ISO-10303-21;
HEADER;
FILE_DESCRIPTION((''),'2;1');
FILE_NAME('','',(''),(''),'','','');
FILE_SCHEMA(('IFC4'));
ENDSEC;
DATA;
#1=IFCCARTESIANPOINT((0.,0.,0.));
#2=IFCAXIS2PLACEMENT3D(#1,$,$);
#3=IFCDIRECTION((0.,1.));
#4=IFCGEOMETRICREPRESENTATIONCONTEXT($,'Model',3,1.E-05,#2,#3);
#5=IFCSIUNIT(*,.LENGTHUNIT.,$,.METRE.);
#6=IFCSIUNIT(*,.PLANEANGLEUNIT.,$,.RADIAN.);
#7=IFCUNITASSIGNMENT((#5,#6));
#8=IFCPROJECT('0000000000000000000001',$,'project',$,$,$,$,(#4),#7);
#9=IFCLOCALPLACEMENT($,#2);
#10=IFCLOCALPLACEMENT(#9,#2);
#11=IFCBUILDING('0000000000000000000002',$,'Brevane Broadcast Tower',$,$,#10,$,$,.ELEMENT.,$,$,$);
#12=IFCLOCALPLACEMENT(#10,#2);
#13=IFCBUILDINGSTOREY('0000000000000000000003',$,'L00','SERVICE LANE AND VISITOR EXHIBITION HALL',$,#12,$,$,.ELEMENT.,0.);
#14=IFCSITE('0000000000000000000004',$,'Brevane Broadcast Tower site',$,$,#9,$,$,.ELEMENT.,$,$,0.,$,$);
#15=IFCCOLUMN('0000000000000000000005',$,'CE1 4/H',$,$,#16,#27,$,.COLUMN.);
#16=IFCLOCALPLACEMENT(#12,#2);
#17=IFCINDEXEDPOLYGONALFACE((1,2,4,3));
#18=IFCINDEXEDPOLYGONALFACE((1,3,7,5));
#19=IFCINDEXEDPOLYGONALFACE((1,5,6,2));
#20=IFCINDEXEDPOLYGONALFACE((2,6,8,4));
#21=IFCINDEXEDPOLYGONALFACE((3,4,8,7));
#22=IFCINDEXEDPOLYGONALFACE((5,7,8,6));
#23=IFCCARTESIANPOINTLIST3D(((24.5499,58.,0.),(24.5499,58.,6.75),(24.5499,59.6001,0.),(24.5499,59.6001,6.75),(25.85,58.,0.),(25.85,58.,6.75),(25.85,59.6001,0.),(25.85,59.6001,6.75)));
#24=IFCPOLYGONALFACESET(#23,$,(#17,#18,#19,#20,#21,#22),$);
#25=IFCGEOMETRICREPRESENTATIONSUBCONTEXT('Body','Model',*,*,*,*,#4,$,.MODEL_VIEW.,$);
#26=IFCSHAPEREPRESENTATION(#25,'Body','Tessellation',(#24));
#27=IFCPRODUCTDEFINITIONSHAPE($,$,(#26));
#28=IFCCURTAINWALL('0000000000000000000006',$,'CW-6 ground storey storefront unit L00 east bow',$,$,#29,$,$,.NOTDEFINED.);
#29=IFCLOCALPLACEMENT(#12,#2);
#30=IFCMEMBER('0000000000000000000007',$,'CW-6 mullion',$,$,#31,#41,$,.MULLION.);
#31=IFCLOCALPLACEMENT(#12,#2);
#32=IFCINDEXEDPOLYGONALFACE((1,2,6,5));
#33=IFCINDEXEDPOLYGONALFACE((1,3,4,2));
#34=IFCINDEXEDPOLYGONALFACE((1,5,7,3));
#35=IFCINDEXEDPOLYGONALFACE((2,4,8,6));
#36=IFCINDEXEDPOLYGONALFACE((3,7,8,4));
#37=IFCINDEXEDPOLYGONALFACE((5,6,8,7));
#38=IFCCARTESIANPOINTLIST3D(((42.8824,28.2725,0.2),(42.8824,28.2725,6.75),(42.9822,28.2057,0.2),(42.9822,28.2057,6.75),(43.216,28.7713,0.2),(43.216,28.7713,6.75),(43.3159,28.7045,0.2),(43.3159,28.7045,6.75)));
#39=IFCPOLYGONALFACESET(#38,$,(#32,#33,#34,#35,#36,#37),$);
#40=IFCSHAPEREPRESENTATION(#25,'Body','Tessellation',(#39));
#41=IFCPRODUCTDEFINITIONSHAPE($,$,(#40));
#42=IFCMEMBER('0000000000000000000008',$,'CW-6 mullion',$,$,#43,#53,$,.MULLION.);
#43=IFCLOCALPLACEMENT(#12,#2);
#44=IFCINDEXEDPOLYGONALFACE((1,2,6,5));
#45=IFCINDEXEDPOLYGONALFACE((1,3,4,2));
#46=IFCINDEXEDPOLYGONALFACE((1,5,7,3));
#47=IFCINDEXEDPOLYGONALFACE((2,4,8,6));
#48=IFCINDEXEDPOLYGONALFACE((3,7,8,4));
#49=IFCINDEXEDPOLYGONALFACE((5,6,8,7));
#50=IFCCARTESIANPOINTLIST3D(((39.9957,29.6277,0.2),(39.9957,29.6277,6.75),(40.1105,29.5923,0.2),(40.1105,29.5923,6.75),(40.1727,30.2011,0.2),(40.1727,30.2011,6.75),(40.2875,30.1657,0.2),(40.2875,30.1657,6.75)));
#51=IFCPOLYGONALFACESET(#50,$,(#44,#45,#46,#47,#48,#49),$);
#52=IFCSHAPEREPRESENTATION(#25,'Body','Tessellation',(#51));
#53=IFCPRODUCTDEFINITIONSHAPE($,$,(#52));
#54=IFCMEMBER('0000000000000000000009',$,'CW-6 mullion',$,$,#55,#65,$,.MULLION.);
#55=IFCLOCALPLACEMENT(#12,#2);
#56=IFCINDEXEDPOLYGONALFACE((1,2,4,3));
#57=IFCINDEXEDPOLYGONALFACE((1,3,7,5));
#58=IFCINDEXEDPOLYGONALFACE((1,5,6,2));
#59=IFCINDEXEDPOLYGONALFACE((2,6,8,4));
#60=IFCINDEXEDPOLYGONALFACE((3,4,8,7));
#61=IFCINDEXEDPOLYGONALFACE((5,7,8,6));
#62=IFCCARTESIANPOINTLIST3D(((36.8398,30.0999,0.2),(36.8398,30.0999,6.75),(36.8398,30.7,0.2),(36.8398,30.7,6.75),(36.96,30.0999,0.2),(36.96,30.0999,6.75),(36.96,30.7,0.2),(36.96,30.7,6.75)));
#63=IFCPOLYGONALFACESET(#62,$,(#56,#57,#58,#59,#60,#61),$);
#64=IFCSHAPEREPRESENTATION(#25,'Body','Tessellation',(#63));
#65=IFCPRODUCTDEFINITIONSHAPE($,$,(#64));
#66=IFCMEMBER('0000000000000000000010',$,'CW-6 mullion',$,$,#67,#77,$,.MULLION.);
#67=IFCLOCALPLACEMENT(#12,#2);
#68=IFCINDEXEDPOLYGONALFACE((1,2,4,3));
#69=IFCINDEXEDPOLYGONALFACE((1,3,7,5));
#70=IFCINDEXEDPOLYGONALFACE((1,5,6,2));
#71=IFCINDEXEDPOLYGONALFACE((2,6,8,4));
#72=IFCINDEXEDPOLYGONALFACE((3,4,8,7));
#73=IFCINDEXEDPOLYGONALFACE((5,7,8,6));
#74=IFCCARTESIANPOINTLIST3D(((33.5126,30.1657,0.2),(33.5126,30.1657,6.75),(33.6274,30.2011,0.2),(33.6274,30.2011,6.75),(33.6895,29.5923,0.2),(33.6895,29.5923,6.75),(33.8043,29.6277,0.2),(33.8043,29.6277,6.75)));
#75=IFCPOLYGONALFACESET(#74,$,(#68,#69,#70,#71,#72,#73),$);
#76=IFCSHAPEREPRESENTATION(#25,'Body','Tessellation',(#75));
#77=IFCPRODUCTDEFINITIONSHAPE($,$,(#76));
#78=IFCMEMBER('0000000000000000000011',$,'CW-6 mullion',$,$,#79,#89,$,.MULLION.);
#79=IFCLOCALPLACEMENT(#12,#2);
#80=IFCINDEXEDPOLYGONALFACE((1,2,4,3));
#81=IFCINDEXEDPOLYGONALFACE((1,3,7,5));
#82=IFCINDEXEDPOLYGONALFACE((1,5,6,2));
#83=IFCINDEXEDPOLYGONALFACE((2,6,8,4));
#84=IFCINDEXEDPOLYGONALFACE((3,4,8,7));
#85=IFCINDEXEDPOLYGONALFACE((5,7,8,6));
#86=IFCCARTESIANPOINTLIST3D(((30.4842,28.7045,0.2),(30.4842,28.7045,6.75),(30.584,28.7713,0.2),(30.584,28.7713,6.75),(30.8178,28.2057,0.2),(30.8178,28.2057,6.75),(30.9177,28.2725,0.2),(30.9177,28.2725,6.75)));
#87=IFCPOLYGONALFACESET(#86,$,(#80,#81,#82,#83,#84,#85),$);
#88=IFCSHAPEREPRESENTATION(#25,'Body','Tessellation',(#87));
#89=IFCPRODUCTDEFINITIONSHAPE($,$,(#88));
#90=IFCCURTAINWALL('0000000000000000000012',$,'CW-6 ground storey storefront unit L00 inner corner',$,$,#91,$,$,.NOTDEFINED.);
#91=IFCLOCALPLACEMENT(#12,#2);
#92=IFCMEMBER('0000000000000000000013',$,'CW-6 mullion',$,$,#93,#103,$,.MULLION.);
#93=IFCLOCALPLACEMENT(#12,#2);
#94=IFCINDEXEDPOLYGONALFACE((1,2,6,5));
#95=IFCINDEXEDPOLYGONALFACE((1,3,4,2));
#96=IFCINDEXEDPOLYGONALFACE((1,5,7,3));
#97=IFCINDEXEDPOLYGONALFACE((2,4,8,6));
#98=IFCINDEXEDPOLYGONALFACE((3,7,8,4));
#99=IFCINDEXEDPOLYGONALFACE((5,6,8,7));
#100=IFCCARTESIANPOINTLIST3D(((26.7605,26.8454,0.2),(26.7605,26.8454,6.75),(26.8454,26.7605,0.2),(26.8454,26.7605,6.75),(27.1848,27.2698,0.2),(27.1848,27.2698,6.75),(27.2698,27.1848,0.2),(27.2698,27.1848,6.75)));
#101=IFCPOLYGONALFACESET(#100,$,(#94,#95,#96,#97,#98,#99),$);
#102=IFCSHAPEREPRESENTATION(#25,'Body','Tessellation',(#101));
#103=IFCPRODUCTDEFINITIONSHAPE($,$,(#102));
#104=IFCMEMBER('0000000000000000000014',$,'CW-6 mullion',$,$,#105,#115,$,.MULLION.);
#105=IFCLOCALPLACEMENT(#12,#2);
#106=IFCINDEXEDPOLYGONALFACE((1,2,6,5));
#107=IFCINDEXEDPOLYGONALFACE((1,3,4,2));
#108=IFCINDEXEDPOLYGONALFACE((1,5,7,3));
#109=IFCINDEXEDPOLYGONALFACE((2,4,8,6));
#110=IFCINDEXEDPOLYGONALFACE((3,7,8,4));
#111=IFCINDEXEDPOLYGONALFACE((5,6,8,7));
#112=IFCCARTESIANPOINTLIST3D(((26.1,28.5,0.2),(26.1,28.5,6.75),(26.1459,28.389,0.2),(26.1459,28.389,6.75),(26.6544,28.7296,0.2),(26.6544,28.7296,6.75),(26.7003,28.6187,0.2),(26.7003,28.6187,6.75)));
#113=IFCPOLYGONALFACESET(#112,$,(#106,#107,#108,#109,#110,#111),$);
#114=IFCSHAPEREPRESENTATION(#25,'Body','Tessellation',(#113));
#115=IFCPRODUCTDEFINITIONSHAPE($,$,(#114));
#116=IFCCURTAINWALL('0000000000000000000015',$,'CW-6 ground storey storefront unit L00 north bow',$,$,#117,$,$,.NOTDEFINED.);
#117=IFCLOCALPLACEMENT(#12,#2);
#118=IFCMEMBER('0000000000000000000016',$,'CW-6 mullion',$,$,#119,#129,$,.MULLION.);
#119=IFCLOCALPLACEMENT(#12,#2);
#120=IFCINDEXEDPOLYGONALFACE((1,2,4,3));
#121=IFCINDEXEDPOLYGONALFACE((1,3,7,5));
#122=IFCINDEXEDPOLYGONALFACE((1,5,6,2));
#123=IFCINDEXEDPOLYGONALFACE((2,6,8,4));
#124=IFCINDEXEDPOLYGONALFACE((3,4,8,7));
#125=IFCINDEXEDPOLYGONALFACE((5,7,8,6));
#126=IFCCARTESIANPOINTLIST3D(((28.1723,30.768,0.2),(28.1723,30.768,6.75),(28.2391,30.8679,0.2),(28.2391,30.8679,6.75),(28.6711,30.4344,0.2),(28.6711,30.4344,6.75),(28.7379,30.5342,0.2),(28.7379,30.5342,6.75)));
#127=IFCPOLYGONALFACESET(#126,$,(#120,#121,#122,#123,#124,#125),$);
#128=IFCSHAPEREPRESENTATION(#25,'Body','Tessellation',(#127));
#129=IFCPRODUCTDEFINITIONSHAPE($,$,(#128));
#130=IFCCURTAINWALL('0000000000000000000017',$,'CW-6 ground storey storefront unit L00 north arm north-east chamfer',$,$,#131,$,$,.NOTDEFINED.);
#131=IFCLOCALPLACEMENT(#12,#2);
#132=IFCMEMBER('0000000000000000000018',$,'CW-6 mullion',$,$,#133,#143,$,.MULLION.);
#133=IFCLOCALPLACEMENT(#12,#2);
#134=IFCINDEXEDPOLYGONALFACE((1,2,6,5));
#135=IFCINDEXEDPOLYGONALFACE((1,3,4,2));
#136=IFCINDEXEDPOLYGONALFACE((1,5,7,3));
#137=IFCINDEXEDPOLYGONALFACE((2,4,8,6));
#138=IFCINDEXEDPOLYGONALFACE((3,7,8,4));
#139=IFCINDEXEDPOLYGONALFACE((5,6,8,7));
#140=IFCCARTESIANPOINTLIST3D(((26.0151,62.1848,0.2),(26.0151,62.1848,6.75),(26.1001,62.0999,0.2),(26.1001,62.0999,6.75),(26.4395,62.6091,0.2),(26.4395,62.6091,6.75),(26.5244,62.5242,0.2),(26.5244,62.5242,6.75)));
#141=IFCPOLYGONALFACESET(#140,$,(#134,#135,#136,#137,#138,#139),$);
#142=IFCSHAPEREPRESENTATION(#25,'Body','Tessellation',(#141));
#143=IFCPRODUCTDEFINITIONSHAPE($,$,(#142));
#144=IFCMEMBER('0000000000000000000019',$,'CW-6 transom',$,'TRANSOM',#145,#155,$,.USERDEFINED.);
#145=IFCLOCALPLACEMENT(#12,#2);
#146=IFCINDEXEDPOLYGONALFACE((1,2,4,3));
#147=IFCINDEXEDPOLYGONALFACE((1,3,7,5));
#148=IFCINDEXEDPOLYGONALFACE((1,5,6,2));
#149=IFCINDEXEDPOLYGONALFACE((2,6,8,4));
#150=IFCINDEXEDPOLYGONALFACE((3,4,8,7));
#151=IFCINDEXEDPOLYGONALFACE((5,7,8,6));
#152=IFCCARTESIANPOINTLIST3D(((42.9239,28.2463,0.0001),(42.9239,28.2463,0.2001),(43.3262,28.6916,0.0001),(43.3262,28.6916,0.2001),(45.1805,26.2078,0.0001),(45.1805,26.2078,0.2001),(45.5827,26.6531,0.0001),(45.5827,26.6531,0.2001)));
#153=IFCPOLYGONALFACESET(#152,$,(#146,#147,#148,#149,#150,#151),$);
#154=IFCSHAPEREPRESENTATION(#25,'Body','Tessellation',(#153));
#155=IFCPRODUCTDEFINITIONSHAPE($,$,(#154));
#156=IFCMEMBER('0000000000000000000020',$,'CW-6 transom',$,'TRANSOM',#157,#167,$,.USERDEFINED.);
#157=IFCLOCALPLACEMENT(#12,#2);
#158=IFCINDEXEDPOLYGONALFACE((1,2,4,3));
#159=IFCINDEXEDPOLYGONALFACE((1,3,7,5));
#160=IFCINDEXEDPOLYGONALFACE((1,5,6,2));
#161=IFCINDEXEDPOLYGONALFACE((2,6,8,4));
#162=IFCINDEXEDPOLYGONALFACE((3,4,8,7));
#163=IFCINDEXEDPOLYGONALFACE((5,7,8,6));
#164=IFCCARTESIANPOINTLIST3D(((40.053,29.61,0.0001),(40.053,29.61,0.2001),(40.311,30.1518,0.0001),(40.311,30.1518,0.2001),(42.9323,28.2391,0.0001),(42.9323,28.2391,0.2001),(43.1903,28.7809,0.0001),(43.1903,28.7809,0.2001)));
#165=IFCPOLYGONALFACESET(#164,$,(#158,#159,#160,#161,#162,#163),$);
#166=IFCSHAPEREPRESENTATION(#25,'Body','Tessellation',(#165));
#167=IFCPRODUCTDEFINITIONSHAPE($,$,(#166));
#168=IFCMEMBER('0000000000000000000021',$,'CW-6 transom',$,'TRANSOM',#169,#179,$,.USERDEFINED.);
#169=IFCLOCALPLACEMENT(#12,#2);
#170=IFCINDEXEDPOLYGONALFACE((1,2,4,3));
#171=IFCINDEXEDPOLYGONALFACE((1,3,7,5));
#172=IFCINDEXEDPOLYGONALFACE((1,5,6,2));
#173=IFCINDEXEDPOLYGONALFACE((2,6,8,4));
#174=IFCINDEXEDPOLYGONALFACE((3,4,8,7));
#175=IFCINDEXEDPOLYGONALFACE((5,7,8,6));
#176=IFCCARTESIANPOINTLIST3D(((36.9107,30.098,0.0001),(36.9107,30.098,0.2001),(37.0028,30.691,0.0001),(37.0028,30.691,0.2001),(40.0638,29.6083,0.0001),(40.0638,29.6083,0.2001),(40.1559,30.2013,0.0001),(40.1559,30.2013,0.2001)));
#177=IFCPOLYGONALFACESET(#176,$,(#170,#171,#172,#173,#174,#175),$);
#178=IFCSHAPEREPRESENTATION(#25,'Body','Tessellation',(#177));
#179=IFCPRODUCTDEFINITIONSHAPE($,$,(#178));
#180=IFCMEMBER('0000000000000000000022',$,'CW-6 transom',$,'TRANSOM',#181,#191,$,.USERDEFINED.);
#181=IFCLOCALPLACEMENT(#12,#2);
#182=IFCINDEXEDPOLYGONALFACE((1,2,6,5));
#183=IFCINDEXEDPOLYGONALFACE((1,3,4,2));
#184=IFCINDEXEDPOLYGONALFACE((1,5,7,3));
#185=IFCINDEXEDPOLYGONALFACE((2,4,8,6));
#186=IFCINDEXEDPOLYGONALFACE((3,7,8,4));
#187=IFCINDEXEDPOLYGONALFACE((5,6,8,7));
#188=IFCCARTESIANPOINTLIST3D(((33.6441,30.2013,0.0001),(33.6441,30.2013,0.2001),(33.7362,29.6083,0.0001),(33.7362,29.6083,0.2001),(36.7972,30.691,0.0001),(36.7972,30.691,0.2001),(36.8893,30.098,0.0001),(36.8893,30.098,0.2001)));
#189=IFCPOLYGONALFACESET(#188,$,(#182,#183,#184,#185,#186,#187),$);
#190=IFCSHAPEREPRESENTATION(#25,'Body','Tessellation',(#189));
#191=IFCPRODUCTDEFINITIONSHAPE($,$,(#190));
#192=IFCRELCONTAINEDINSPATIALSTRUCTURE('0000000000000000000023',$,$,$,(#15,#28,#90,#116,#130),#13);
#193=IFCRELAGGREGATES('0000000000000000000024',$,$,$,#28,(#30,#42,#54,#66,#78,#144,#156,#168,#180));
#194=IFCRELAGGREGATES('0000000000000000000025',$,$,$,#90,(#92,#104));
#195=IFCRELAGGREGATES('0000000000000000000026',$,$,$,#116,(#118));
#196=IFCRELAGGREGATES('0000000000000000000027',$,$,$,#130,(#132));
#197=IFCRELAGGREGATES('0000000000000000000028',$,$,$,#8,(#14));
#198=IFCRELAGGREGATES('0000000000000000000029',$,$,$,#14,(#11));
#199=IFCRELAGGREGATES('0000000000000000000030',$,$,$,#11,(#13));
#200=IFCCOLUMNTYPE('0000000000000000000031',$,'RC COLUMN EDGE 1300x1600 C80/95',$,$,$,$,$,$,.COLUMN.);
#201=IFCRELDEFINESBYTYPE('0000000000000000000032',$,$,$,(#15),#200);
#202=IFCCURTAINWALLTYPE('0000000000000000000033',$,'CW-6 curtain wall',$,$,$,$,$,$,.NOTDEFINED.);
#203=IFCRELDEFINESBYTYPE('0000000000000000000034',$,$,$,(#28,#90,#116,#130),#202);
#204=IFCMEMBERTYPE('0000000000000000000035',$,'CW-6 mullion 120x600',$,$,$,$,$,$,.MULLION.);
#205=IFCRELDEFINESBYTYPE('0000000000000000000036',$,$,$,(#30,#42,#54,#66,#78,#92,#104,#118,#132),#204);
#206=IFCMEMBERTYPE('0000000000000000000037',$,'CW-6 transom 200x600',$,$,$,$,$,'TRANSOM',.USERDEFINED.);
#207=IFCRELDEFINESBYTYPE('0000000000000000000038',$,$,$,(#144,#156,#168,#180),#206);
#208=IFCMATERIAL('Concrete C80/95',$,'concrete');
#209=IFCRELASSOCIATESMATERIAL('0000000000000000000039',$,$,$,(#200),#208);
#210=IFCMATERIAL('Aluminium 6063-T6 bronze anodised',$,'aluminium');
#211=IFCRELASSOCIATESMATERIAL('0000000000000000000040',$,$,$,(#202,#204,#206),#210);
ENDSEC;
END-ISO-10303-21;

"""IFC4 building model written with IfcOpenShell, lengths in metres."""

from ifc_helpers import new_model, si_unit, direction, frame, origin, origin_2d, place, context, subcontext, project, spatial, rectangle, extrude, material, material_profile, profile_set, type_object, element, aggregate, save


model = new_model("IFC4")

# Units and contexts
model_context = context("Model", 3, precision=1e-05, world=origin(), true_north=direction((0.0, 1.0)))
body_context = subcontext(model_context, "Body", "Model", "MODEL_VIEW")
ifc_project = project(units=[si_unit("LENGTHUNIT", "METRE"), si_unit("PLANEANGLEUNIT", "RADIAN")], contexts=[model_context])

# Site, building, storey
site_placement = place(None, origin())
site = spatial("IfcSite", under=ifc_project, at=site_placement, Name="Brevane Broadcast Tower site", CompositionType="ELEMENT", RefElevation=0.0)
building_placement = place(site_placement, origin())
building = spatial("IfcBuilding", under=site, at=building_placement, Name="Brevane Broadcast Tower", CompositionType="ELEMENT")
storey_placement = place(building_placement, origin())
storey = spatial("IfcBuildingStorey", under=building, at=storey_placement, Name="L00", Description="SERVICE LANE AND VISITOR EXHIBITION HALL", CompositionType="ELEMENT", Elevation=0.0)

# Column
ifc_material_1 = material(Name="Concrete C80/95", Category="concrete")
ifc_material_profile_1 = material_profile(ifc_material_1, rectangle(XDim=1.3, YDim=1.6001, at=origin_2d()), Name="RC 1300x1600")
ifc_profile_set_1 = profile_set([ifc_material_profile_1], Name="Concrete C80/95")
column_type = type_object("IfcColumnType", Name="RC COLUMN EDGE 1300x1600 C80/95", PredefinedType="COLUMN", material=ifc_profile_set_1)
column_placement = place(storey_placement, frame((25.2, 58.8, 0.0), z_axis=(0.0, 0.0, 1.0), x_axis=(1.0, 0.0, 0.0)))
element("IfcColumn", 1, at=column_placement, inside=storey, type_object=column_type, Name="CE1 4/H", PredefinedType="COLUMN", context=body_context, shape_type="SweptSolid", body=[
    extrude(rectangle(XDim=1.3, YDim=1.6001, at=origin_2d()), origin(), (0.0, 0.0, 1.0), 6.75),
])

# Curtain walls, members
ifc_material_2 = material(Name="Aluminium 6063-T6 bronze anodised", Category="aluminium")
curtain_wall_type = type_object("IfcCurtainWallType", Name="CW-6 curtain wall", PredefinedType="NOTDEFINED", material=ifc_material_2)
curtain_wall_1_placement = place(storey_placement, origin())
curtain_wall_1 = element("IfcCurtainWall", 2, at=curtain_wall_1_placement, inside=storey, type_object=curtain_wall_type, Name="CW-6 ground storey storefront unit L00 east bow", PredefinedType="NOTDEFINED")
ifc_material_profile_2 = material_profile(ifc_material_2, rectangle(XDim=0.6001, YDim=0.1201, at=origin_2d()), Name="RECT 120x600")
ifc_profile_set_2 = profile_set([ifc_material_profile_2], Name="Aluminium 6063-T6 bronze anodised")
member_type_1 = type_object("IfcMemberType", Name="CW-6 mullion 120x600", PredefinedType="MULLION", material=ifc_profile_set_2)
member_1_placement = place(storey_placement, frame((43.0991, 28.4885, 0.2), z_axis=(0.0, 0.0, 1.0), x_axis=(-0.555997, -0.831184, 0.0)))
member_1 = element("IfcMember", 3, at=member_1_placement, type_object=member_type_1, Name="CW-6 mullion", PredefinedType="MULLION", context=body_context, shape_type="SweptSolid", body=[
    extrude(rectangle(XDim=0.6001, YDim=0.1201, at=origin_2d()), origin(), (0.0, 0.0, 1.0), 6.55),
])
member_2_placement = place(storey_placement, frame((40.1416, 29.8967, 0.2), z_axis=(0.0, 0.0, 1.0), x_axis=(-0.294828, -0.95555, 0.0)))
member_2 = element("IfcMember", 4, at=member_2_placement, type_object=member_type_1, Name="CW-6 mullion", PredefinedType="MULLION", context=body_context, shape_type="SweptSolid", body=[
    extrude(rectangle(XDim=0.6001, YDim=0.1201, at=origin_2d()), origin(), (0.0, 0.0, 1.0), 6.55),
])
member_3_placement = place(storey_placement, frame((36.8999, 30.3999, 0.2), z_axis=(0.0, 0.0, 1.0), x_axis=(0.0, -1.0, 0.0)))
member_3 = element("IfcMember", 5, at=member_3_placement, type_object=member_type_1, Name="CW-6 mullion", PredefinedType="MULLION", context=body_context, shape_type="SweptSolid", body=[
    extrude(rectangle(XDim=0.6001, YDim=0.1201, at=origin_2d()), origin(), (0.0, 0.0, 1.0), 6.55),
])
member_4_placement = place(storey_placement, frame((33.6584, 29.8967, 0.2), z_axis=(0.0, 0.0, 1.0), x_axis=(0.294828, -0.95555, 0.0)))
member_4 = element("IfcMember", 6, at=member_4_placement, type_object=member_type_1, Name="CW-6 mullion", PredefinedType="MULLION", context=body_context, shape_type="SweptSolid", body=[
    extrude(rectangle(XDim=0.6001, YDim=0.1201, at=origin_2d()), origin(), (0.0, 0.0, 1.0), 6.55),
])
member_5_placement = place(storey_placement, frame((30.7009, 28.4885, 0.2), z_axis=(0.0, 0.0, 1.0), x_axis=(0.555997, -0.831184, 0.0)))
member_5 = element("IfcMember", 7, at=member_5_placement, type_object=member_type_1, Name="CW-6 mullion", PredefinedType="MULLION", context=body_context, shape_type="SweptSolid", body=[
    extrude(rectangle(XDim=0.6001, YDim=0.1201, at=origin_2d()), origin(), (0.0, 0.0, 1.0), 6.55),
])
curtain_wall_2_placement = place(storey_placement, origin())
curtain_wall_2 = element("IfcCurtainWall", 8, at=curtain_wall_2_placement, inside=storey, type_object=curtain_wall_type, Name="CW-6 ground storey storefront unit L00 inner corner", PredefinedType="NOTDEFINED")
member_6_placement = place(storey_placement, frame((27.0151, 27.0151, 0.2), z_axis=(0.0, 0.0, 1.0), x_axis=(-0.707107, -0.707107, 0.0)))
member_6 = element("IfcMember", 9, at=member_6_placement, type_object=member_type_1, Name="CW-6 mullion", PredefinedType="MULLION", context=body_context, shape_type="SweptSolid", body=[
    extrude(rectangle(XDim=0.6001, YDim=0.1201, at=origin_2d()), origin(), (0.0, 0.0, 1.0), 6.55),
])
member_7_placement = place(storey_placement, frame((26.4001, 28.5593, 0.2), z_axis=(0.0, 0.0, 1.0), x_axis=(-0.923879, -0.382684, 0.0)))
member_7 = element("IfcMember", 10, at=member_7_placement, type_object=member_type_1, Name="CW-6 mullion", PredefinedType="MULLION", context=body_context, shape_type="SweptSolid", body=[
    extrude(rectangle(XDim=0.6001, YDim=0.1201, at=origin_2d()), origin(), (0.0, 0.0, 1.0), 6.55),
])

# Curtain walls, members
curtain_wall_3_placement = place(storey_placement, origin())
curtain_wall_3 = element("IfcCurtainWall", 11, at=curtain_wall_3_placement, inside=storey, type_object=curtain_wall_type, Name="CW-6 ground storey storefront unit L00 north bow", PredefinedType="NOTDEFINED")
member_8_placement = place(storey_placement, frame((28.4551, 30.6511, 0.2), z_axis=(0.0, 0.0, 1.0), x_axis=(-0.831184, 0.555997, 0.0)))
member_8 = element("IfcMember", 12, at=member_8_placement, type_object=member_type_1, Name="CW-6 mullion", PredefinedType="MULLION", context=body_context, shape_type="SweptSolid", body=[
    extrude(rectangle(XDim=0.6001, YDim=0.1201, at=origin_2d()), origin(), (0.0, 0.0, 1.0), 6.55),
])
curtain_wall_4_placement = place(storey_placement, origin())
curtain_wall_4 = element("IfcCurtainWall", 13, at=curtain_wall_4_placement, inside=storey, type_object=curtain_wall_type, Name="CW-6 ground storey storefront unit L00 north arm north-east chamfer", PredefinedType="NOTDEFINED")
member_9_placement = place(storey_placement, frame((26.2698, 62.3545, 0.2), z_axis=(0.0, 0.0, 1.0), x_axis=(-0.707107, -0.707107, 0.0)))
member_9 = element("IfcMember", 14, at=member_9_placement, type_object=member_type_1, Name="CW-6 mullion", PredefinedType="MULLION", context=body_context, shape_type="SweptSolid", body=[
    extrude(rectangle(XDim=0.6001, YDim=0.1201, at=origin_2d()), origin(), (0.0, 0.0, 1.0), 6.55),
])

# Members
ifc_material_profile_3 = material_profile(ifc_material_2, rectangle(XDim=0.6001, YDim=0.2, at=origin_2d()), Name="RECT 200x600")
ifc_profile_set_3 = profile_set([ifc_material_profile_3], Name="Aluminium 6063-T6 bronze anodised")
member_type_2 = type_object("IfcMemberType", Name="CW-6 transom 200x600", ElementType="TRANSOM", PredefinedType="USERDEFINED", material=ifc_profile_set_3)
member_10_placement = place(storey_placement, frame((45.3816, 26.4304, 0.1001), z_axis=(-0.742043, 0.670352, 0.0), x_axis=(-0.670352, -0.742043, 0.0)))
member_10 = element("IfcMember", 15, at=member_10_placement, type_object=member_type_2, Name="CW-6 transom", ObjectType="TRANSOM", PredefinedType="USERDEFINED", context=body_context, shape_type="SweptSolid", body=[
    extrude(rectangle(XDim=0.6001, YDim=0.2, at=origin_2d()), origin(), (0.0, 0.0, 1.0), 3.041),
])
member_11_placement = place(storey_placement, frame((43.0613, 28.51, 0.1001), z_axis=(-0.902882, 0.429889, 0.0), x_axis=(-0.429889, -0.902882, 0.0)))
member_11 = element("IfcMember", 16, at=member_11_placement, type_object=member_type_2, Name="CW-6 transom", ObjectType="TRANSOM", PredefinedType="USERDEFINED", context=body_context, shape_type="SweptSolid", body=[
    extrude(rectangle(XDim=0.6001, YDim=0.2, at=origin_2d()), origin(), (0.0, 0.0, 1.0), 3.189),
])
member_12_placement = place(storey_placement, frame((40.1099, 29.9048, 0.1001), z_axis=(-0.988151, 0.153483, 0.0), x_axis=(-0.153483, -0.988151, 0.0)))
member_12 = element("IfcMember", 17, at=member_12_placement, type_object=member_type_2, Name="CW-6 transom", ObjectType="TRANSOM", PredefinedType="USERDEFINED", context=body_context, shape_type="SweptSolid", body=[
    extrude(rectangle(XDim=0.6001, YDim=0.2, at=origin_2d()), origin(), (0.0, 0.0, 1.0), 3.1909),
])
member_13_placement = place(storey_placement, frame((36.8433, 30.3945, 0.1001), z_axis=(-0.988151, -0.153483, 0.0), x_axis=(0.153483, -0.988151, 0.0)))
member_13 = element("IfcMember", 18, at=member_13_placement, type_object=member_type_2, Name="CW-6 transom", ObjectType="TRANSOM", PredefinedType="USERDEFINED", context=body_context, shape_type="SweptSolid", body=[
    extrude(rectangle(XDim=0.6001, YDim=0.2, at=origin_2d()), origin(), (0.0, 0.0, 1.0), 3.1909),
])
aggregate(curtain_wall_1, [member_1, member_2, member_3, member_4, member_5, member_10, member_11, member_12, member_13])
aggregate(curtain_wall_2, [member_6, member_7])
aggregate(curtain_wall_3, [member_8])
aggregate(curtain_wall_4, [member_9])

save(model, "model.ifc")
